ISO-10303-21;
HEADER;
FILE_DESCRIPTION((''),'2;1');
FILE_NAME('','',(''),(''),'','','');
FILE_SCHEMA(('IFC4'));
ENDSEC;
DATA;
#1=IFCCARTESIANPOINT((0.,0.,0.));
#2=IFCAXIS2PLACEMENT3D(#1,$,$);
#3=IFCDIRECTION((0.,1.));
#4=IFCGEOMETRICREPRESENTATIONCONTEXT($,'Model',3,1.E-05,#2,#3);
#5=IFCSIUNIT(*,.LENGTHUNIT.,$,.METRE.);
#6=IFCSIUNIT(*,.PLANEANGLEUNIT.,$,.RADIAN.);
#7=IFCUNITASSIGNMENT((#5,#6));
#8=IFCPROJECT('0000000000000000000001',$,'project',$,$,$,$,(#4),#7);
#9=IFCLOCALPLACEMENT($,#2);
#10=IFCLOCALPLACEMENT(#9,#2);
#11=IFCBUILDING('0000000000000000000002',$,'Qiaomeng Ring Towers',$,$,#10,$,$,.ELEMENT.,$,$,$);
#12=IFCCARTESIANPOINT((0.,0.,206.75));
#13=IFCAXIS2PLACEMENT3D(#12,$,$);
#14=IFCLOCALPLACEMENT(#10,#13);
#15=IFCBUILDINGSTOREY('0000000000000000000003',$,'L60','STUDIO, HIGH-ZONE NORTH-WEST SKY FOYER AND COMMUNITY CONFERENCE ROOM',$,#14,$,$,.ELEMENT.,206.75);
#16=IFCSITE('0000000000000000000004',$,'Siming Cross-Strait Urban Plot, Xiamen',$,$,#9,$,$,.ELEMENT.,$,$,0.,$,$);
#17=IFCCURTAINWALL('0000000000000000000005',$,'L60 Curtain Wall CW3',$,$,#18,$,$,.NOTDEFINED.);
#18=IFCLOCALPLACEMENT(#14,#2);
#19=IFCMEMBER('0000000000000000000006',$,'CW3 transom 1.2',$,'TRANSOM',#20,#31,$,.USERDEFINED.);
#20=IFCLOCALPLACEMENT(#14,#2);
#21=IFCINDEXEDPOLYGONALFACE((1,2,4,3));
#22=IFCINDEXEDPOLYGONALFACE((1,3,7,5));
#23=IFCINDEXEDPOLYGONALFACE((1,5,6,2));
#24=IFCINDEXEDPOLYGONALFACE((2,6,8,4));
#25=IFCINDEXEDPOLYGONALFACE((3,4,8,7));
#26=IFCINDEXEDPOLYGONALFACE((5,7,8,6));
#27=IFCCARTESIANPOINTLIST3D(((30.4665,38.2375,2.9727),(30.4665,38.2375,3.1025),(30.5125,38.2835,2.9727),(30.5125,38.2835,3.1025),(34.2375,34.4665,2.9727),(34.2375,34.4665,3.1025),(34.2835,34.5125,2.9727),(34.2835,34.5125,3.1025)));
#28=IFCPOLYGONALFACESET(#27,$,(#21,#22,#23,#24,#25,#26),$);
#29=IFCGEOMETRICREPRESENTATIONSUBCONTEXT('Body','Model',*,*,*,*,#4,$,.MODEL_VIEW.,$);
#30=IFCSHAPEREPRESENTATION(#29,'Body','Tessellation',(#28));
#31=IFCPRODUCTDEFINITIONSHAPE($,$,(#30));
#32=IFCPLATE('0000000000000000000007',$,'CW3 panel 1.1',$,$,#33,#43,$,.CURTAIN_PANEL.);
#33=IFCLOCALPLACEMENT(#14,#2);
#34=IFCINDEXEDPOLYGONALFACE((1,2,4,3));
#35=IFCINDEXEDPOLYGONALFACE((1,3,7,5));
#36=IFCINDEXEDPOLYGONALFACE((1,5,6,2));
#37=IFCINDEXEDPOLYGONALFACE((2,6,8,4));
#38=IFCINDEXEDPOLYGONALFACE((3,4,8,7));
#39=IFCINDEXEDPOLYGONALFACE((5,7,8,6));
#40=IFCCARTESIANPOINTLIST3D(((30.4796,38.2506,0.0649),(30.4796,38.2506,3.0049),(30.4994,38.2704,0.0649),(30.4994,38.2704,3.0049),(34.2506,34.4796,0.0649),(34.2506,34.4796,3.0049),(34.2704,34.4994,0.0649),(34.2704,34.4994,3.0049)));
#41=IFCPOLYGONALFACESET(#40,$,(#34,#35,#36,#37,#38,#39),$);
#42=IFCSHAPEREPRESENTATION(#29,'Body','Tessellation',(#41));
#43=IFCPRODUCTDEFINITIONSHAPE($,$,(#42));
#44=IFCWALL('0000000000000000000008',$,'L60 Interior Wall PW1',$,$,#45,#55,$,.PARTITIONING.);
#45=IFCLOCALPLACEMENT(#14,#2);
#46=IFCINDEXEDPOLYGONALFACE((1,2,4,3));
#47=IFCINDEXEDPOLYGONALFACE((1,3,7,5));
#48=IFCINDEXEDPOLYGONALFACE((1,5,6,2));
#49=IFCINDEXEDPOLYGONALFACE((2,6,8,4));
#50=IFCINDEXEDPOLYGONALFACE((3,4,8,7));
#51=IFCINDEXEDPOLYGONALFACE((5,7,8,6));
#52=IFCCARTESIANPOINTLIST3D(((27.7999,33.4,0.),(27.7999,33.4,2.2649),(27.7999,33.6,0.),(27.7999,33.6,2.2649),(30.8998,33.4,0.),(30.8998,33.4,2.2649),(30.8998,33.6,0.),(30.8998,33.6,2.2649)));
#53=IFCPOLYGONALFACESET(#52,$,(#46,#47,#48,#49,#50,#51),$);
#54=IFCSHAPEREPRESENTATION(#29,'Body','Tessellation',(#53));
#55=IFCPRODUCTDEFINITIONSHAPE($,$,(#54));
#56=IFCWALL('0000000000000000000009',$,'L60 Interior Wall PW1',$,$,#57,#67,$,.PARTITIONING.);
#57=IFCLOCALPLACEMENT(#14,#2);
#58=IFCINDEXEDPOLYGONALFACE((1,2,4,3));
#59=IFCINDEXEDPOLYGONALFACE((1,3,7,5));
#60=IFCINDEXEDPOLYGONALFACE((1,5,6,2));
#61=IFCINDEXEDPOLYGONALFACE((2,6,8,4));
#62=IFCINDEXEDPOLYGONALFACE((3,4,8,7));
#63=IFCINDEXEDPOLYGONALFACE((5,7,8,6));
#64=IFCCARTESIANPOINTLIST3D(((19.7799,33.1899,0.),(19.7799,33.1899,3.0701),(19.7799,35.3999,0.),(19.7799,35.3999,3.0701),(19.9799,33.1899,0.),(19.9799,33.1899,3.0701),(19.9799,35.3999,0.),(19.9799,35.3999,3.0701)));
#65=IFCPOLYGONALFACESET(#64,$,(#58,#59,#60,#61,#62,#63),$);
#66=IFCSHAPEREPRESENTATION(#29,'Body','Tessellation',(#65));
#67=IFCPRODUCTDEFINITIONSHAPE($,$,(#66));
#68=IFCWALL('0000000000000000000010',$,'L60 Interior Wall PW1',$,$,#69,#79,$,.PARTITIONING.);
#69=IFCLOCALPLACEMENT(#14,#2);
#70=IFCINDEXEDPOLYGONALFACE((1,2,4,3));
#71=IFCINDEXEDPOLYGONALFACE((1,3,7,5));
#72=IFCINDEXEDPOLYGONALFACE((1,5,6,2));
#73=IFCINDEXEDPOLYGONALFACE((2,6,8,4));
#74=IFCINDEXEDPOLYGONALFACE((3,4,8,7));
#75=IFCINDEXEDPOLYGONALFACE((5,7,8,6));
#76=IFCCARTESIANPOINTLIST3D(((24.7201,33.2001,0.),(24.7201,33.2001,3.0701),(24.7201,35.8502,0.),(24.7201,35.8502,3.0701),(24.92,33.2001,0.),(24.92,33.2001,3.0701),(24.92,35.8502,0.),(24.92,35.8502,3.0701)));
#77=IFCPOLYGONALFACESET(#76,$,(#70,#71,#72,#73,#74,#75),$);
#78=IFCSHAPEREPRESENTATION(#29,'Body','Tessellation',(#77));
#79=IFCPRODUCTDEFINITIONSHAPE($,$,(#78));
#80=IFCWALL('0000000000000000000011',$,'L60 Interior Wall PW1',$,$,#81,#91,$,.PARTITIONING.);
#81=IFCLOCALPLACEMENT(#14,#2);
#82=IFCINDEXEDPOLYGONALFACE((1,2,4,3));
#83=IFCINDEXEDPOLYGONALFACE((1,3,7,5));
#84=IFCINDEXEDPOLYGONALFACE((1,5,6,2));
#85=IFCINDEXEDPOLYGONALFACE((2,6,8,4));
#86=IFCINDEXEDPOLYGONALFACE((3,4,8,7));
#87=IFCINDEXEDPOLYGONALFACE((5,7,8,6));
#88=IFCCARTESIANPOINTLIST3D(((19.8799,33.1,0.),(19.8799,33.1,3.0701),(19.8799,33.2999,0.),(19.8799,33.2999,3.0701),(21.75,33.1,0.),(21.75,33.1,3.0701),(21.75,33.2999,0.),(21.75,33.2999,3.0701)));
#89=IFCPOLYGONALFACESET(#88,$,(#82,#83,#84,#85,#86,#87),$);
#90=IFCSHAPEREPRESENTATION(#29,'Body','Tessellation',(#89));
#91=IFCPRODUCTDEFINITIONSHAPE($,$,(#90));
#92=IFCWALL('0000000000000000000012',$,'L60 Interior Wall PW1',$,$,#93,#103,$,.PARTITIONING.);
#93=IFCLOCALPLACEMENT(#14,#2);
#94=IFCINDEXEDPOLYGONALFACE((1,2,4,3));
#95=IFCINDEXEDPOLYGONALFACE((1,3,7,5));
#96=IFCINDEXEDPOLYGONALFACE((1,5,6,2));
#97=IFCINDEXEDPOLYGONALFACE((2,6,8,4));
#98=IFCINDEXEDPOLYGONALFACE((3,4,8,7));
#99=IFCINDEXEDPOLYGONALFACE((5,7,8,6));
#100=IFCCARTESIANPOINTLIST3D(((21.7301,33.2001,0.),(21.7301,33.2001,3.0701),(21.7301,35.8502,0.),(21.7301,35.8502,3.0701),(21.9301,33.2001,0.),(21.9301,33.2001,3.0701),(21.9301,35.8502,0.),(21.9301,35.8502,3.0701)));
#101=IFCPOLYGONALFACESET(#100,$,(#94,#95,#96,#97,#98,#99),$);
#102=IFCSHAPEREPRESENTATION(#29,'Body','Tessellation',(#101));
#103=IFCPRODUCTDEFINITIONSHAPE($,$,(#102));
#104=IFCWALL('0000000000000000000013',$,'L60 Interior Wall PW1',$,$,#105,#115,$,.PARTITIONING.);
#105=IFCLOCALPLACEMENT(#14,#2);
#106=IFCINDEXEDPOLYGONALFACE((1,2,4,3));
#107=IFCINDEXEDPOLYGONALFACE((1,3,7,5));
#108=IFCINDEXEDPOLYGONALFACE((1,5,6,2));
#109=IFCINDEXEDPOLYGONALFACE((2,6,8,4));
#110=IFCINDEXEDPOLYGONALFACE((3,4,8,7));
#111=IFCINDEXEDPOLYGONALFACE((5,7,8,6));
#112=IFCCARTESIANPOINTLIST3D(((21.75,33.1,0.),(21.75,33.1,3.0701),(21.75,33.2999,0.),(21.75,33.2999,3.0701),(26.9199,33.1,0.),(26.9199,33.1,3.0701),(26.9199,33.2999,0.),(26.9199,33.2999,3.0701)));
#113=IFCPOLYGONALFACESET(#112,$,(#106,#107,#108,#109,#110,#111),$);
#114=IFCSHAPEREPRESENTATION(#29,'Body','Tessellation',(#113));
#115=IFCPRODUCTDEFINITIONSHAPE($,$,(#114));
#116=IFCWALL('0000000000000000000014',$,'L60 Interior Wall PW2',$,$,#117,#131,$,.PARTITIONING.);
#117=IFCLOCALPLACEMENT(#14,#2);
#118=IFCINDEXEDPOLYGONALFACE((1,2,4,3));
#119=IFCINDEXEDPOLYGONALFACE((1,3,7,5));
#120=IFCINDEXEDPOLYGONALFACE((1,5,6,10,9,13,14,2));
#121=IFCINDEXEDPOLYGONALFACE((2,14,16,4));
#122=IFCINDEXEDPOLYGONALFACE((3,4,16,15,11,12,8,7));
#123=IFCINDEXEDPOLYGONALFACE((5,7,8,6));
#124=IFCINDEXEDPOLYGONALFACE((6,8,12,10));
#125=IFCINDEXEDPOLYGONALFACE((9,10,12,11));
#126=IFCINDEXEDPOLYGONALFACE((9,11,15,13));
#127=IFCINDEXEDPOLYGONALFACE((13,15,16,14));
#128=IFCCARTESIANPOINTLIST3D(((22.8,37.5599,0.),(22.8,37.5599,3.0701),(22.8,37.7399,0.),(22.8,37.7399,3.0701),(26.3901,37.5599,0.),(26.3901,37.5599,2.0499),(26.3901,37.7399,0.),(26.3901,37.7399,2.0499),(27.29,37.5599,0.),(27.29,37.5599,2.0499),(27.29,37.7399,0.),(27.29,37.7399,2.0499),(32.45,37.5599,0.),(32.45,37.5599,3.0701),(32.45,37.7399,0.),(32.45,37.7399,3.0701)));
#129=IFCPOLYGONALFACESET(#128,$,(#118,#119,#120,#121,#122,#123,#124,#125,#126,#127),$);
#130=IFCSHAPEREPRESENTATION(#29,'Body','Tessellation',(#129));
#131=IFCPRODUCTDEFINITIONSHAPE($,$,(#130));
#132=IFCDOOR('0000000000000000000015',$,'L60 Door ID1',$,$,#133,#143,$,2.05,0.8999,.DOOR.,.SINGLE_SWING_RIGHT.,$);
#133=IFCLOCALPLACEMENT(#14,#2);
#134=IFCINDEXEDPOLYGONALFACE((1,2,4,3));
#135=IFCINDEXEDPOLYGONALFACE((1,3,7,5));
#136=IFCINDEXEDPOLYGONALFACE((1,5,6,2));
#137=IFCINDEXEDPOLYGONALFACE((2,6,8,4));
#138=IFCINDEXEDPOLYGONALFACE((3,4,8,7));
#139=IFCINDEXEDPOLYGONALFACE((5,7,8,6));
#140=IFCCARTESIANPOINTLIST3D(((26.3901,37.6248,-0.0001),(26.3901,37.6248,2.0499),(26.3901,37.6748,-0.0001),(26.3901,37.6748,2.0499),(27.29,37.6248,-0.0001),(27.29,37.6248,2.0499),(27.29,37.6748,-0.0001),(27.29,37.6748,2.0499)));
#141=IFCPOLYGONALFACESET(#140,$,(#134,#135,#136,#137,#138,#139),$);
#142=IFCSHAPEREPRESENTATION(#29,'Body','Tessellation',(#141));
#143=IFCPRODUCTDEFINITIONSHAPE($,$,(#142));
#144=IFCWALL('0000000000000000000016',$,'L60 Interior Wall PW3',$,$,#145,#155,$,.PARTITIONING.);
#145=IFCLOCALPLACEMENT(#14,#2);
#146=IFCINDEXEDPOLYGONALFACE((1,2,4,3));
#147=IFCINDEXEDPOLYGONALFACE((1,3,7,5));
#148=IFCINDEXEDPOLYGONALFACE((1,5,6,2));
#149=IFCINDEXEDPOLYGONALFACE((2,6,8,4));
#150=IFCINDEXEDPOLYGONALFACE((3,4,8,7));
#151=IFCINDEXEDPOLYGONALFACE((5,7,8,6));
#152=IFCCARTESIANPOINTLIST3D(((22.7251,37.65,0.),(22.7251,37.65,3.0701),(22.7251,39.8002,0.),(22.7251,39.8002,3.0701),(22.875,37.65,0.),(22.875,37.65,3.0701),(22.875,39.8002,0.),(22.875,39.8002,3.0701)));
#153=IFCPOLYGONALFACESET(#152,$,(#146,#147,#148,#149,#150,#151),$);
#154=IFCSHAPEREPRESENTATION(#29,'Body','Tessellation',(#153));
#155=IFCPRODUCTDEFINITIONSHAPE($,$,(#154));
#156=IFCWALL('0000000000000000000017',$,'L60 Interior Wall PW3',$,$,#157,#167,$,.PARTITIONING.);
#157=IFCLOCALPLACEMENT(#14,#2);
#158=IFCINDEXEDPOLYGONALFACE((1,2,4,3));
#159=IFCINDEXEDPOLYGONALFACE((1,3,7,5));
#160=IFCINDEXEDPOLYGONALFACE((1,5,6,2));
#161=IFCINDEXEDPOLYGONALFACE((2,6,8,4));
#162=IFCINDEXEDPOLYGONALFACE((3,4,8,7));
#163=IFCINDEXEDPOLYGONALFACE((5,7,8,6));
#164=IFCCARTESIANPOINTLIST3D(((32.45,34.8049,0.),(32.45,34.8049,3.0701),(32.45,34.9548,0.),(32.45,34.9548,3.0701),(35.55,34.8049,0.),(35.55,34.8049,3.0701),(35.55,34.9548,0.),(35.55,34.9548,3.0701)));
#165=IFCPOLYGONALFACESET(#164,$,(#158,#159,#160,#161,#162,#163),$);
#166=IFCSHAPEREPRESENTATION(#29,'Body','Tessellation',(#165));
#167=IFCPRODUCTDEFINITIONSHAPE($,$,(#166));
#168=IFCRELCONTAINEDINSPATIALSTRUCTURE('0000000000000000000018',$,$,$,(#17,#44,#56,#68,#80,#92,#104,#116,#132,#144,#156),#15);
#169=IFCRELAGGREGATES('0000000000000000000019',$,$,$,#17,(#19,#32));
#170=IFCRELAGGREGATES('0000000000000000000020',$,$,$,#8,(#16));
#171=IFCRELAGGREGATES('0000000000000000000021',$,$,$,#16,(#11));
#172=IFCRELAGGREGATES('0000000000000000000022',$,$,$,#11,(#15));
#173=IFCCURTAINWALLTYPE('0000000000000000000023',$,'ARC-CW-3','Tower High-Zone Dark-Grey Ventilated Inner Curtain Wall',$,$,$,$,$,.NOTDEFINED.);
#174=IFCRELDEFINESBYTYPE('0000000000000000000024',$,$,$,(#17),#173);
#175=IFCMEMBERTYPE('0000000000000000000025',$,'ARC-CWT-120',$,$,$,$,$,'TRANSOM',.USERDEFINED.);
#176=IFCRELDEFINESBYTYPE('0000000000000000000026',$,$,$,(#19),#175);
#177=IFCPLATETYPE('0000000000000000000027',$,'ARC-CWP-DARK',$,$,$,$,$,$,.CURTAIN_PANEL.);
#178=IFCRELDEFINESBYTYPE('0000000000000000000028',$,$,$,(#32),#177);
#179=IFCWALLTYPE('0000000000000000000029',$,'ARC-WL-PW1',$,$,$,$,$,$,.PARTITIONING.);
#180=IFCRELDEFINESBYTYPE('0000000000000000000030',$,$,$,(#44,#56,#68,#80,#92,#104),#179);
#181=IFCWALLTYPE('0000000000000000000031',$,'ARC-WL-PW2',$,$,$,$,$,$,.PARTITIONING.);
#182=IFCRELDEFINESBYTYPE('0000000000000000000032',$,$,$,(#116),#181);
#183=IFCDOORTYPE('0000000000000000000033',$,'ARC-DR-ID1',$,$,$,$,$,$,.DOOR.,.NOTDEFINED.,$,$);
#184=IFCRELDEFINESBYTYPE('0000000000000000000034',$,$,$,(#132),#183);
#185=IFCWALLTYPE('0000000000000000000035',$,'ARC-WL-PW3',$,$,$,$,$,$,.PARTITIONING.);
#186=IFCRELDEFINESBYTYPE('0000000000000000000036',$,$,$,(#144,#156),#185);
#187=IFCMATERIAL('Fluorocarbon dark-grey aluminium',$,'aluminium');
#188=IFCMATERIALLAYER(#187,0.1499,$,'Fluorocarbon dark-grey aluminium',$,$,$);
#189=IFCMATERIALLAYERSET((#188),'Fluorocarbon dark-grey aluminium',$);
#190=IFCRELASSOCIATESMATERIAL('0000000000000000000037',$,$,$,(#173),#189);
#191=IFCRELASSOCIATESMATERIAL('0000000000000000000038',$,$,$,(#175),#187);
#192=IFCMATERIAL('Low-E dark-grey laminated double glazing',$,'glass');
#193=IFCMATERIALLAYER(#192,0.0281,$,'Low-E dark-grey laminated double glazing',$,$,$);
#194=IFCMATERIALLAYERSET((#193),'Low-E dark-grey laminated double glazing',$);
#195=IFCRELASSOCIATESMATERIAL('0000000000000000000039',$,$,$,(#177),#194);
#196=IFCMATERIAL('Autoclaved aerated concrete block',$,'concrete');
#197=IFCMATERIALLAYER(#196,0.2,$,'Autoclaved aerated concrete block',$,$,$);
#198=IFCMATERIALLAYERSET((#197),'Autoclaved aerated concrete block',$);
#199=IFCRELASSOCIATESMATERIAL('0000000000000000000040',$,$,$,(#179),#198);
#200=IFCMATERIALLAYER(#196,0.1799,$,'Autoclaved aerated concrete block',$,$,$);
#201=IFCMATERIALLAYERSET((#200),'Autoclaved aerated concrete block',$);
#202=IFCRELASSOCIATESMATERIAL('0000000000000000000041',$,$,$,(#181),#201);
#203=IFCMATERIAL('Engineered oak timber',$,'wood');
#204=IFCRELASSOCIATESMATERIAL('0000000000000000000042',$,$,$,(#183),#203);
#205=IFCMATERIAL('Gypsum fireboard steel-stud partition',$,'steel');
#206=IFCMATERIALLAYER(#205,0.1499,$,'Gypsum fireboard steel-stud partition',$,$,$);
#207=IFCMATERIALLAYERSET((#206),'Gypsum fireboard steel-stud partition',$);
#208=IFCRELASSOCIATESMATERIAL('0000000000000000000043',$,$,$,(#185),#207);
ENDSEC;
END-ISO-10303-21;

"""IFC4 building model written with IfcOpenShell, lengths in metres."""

from ifc_helpers import new_model, si_unit, direction, frame, frame_2d, origin, origin_2d, place, context, subcontext, project, spatial, rectangle, extrude, source, transform, mapped, material, layer, layer_set, material_profile, profile_set, type_object, element, fill, aggregate, save


model = new_model("IFC4")

# Units and contexts
model_context = context("Model", 3, precision=1e-05, world=origin(), true_north=direction((0.0, 1.0)))
body_context = subcontext(model_context, "Body", "Model", "MODEL_VIEW")
ifc_project = project(units=[si_unit("LENGTHUNIT", "METRE"), si_unit("PLANEANGLEUNIT", "RADIAN")], contexts=[model_context])

# Site, building, storey
site_placement = place(None, origin())
site = spatial("IfcSite", under=ifc_project, at=site_placement, Name="Siming Cross-Strait Urban Plot, Xiamen", CompositionType="ELEMENT", RefElevation=0.0)
building_placement = place(site_placement, origin())
building = spatial("IfcBuilding", under=site, at=building_placement, Name="Qiaomeng Ring Towers", CompositionType="ELEMENT")
storey_placement = place(building_placement, frame((0.0, 0.0, 206.75)))
storey = spatial("IfcBuildingStorey", under=building, at=storey_placement, Name="L60", Description="STUDIO, HIGH-ZONE NORTH-WEST SKY FOYER AND COMMUNITY CONFERENCE ROOM", CompositionType="ELEMENT", Elevation=206.75)

# Curtain wall, member, plate
ifc_material_1 = material(Name="Fluorocarbon dark-grey aluminium", Category="aluminium")
ifc_layer_1 = layer(ifc_material_1, 0.1499, Name="Fluorocarbon dark-grey aluminium")
ifc_layer_set_1 = layer_set([ifc_layer_1], Name="Fluorocarbon dark-grey aluminium")
curtain_wall_type = type_object("IfcCurtainWallType", Name="ARC-CW-3", Description="Tower High-Zone Dark-Grey Ventilated Inner Curtain Wall", PredefinedType="NOTDEFINED", material=ifc_layer_set_1)
curtain_wall_placement = place(storey_placement, origin())
curtain_wall = element("IfcCurtainWall", 1, at=curtain_wall_placement, inside=storey, type_object=curtain_wall_type, Name="L60 Curtain Wall CW3", PredefinedType="NOTDEFINED")
ifc_material_profile_1 = material_profile(ifc_material_1, rectangle(XDim=0.0649, YDim=0.1299, at=origin_2d()), Name="ALU TRAN 65x130")
ifc_profile_set_1 = profile_set([ifc_material_profile_1], Name="Fluorocarbon dark-grey aluminium")
member_type_1 = type_object("IfcMemberType", Name="ARC-CWT-120", ElementType="TRANSOM", PredefinedType="USERDEFINED", material=ifc_profile_set_1)
shared_shape_1 = source(origin(), body_context, "Body", "SweptSolid", [
    extrude(rectangle(XDim=0.0649, YDim=0.1299, at=origin_2d()), origin(), (0.0, 0.0, 1.0), 5.333),
])
member_1_placement = place(storey_placement, frame((34.2605, 34.4895, 3.0376), z_axis=(-0.707107, 0.707107, 0.0), x_axis=(-0.707107, -0.707107, 0.0)))
member_1 = element("IfcMember", 2, at=member_1_placement, type_object=member_type_1, Name="CW3 transom 1.2", ObjectType="TRANSOM", PredefinedType="USERDEFINED", context=body_context, shape_type="MappedRepresentation", body=[
    mapped(shared_shape_1, transform((0.0, 0.0, 0.0), x_axis=(1.0, 0.0, 0.0), y_axis=(0.0, 1.0, 0.0), z_axis=(0.0, 0.0, 1.0), scale=1.0)),
])
ifc_material_2 = material(Name="Low-E dark-grey laminated double glazing", Category="glass")
ifc_layer_2 = layer(ifc_material_2, 0.0281, Name="Low-E dark-grey laminated double glazing")
ifc_layer_set_2 = layer_set([ifc_layer_2], Name="Low-E dark-grey laminated double glazing")
plate_type = type_object("IfcPlateType", Name="ARC-CWP-DARK", PredefinedType="CURTAIN_PANEL", material=ifc_layer_set_2)
shared_shape_2 = source(origin(), body_context, "Body", "SweptSolid", [
    extrude(rectangle(XDim=5.333, YDim=0.0281, at=origin_2d()), origin(), (0.0, 0.0, 1.0), 2.9399),
])
plate_placement = place(storey_placement, frame((32.375, 36.375, 0.0649), z_axis=(0.0, 0.0, 1.0), x_axis=(-0.707107, 0.707107, 0.0)))
plate = element("IfcPlate", 3, at=plate_placement, type_object=plate_type, Name="CW3 panel 1.1", PredefinedType="CURTAIN_PANEL", context=body_context, shape_type="MappedRepresentation", body=[
    mapped(shared_shape_2, transform((0.0, 0.0, 0.0), x_axis=(1.0, 0.0, 0.0), y_axis=(0.0, 1.0, 0.0), z_axis=(0.0, 0.0, 1.0), scale=1.0)),
])
aggregate(curtain_wall, [member_1, plate])

# Walls
ifc_material_3 = material(Name="Autoclaved aerated concrete block", Category="concrete")
ifc_layer_3 = layer(ifc_material_3, 0.2, Name="Autoclaved aerated concrete block")
ifc_layer_set_3 = layer_set([ifc_layer_3], Name="Autoclaved aerated concrete block")
wall_type_1 = type_object("IfcWallType", Name="ARC-WL-PW1", PredefinedType="PARTITIONING", material=ifc_layer_set_3)
wall_1_placement = place(storey_placement, frame((27.8, 33.5, 0.0), z_axis=(0.0, 0.0, 1.0), x_axis=(1.0, 0.0, 0.0)))
element("IfcWall", 4, at=wall_1_placement, inside=storey, type_object=wall_type_1, Name="L60 Interior Wall PW1", PredefinedType="PARTITIONING", context=body_context, shape_type="SweptSolid", body=[
    extrude(rectangle(XDim=3.0999, YDim=0.2, at=frame_2d((1.5498, 0.0))), origin(), (0.0, 0.0, 1.0), 2.2649),
])
wall_2_placement = place(storey_placement, frame((19.8799, 33.1899, 0.0), z_axis=(0.0, 0.0, 1.0), x_axis=(0.0, 1.0, 0.0)))
element("IfcWall", 5, at=wall_2_placement, inside=storey, type_object=wall_type_1, Name="L60 Interior Wall PW1", PredefinedType="PARTITIONING", context=body_context, shape_type="SweptSolid", body=[
    extrude(rectangle(XDim=2.21, YDim=0.2, at=frame_2d((1.105, 0.0))), origin(), (0.0, 0.0, 1.0), 3.0701),
])
wall_3_placement = place(storey_placement, frame((24.8201, 33.2, 0.0), z_axis=(0.0, 0.0, 1.0), x_axis=(0.0, 1.0, 0.0)))
element("IfcWall", 6, at=wall_3_placement, inside=storey, type_object=wall_type_1, Name="L60 Interior Wall PW1", PredefinedType="PARTITIONING", context=body_context, shape_type="SweptSolid", body=[
    extrude(rectangle(XDim=2.6501, YDim=0.2, at=frame_2d((1.3252, 0.0))), origin(), (0.0, 0.0, 1.0), 3.0701),
])
wall_4_placement = place(storey_placement, frame((19.8799, 33.2, 0.0), z_axis=(0.0, 0.0, 1.0), x_axis=(1.0, 0.0, 0.0)))
element("IfcWall", 7, at=wall_4_placement, inside=storey, type_object=wall_type_1, Name="L60 Interior Wall PW1", PredefinedType="PARTITIONING", context=body_context, shape_type="SweptSolid", body=[
    extrude(rectangle(XDim=1.8701, YDim=0.2, at=frame_2d((0.9351, 0.0))), origin(), (0.0, 0.0, 1.0), 3.0701),
])
wall_5_placement = place(storey_placement, frame((21.8301, 33.2, 0.0), z_axis=(0.0, 0.0, 1.0), x_axis=(0.0, 1.0, 0.0)))
element("IfcWall", 8, at=wall_5_placement, inside=storey, type_object=wall_type_1, Name="L60 Interior Wall PW1", PredefinedType="PARTITIONING", context=body_context, shape_type="SweptSolid", body=[
    extrude(rectangle(XDim=2.6501, YDim=0.2, at=frame_2d((1.3252, 0.0))), origin(), (0.0, 0.0, 1.0), 3.0701),
])
wall_6_placement = place(storey_placement, frame((21.75, 33.2, 0.0), z_axis=(0.0, 0.0, 1.0), x_axis=(1.0, 0.0, 0.0)))
element("IfcWall", 9, at=wall_6_placement, inside=storey, type_object=wall_type_1, Name="L60 Interior Wall PW1", PredefinedType="PARTITIONING", context=body_context, shape_type="SweptSolid", body=[
    extrude(rectangle(XDim=5.1699, YDim=0.2, at=frame_2d((2.585, 0.0))), origin(), (0.0, 0.0, 1.0), 3.0701),
])

# Wall, opening, door
ifc_layer_4 = layer(ifc_material_3, 0.1799, Name="Autoclaved aerated concrete block")
ifc_layer_set_4 = layer_set([ifc_layer_4], Name="Autoclaved aerated concrete block")
wall_type_2 = type_object("IfcWallType", Name="ARC-WL-PW2", PredefinedType="PARTITIONING", material=ifc_layer_set_4)
wall_7_placement = place(storey_placement, frame((22.8, 37.6499, 0.0), z_axis=(0.0, 0.0, 1.0), x_axis=(1.0, 0.0, 0.0)))
wall_7 = element("IfcWall", 10, at=wall_7_placement, inside=storey, type_object=wall_type_2, Name="L60 Interior Wall PW2", PredefinedType="PARTITIONING", context=body_context, shape_type="SweptSolid", body=[
    extrude(rectangle(XDim=9.6499, YDim=0.1799, at=frame_2d((4.825, 0.0))), origin(), (0.0, 0.0, 1.0), 3.0701),
])
opening_placement = place(wall_7_placement, frame((3.5901, 0.0, 0.0)))
opening = element("IfcOpeningElement", 11, at=opening_placement, cuts=wall_7, PredefinedType="OPENING", context=body_context, shape_type="SweptSolid", body=[
    extrude(rectangle(XDim=0.8999, YDim=2.05, at=frame_2d((0.45, 1.0249))), frame((0.0, 0.0999, 0.0), z_axis=(0.0, -1.0, 0.0), x_axis=(1.0, 0.0, 0.0)), (0.0, 0.0, 1.0), 0.2),
])
ifc_material_4 = material(Name="Engineered oak timber", Category="wood")
door_type = type_object("IfcDoorType", Name="ARC-DR-ID1", OperationType="NOTDEFINED", PredefinedType="DOOR", material=ifc_material_4)
shared_shape_3 = source(origin(), body_context, "Body", "SweptSolid", [
    extrude(rectangle(XDim=0.8999, YDim=2.05, at=frame_2d((0.45, 1.0249))), frame((0.0, 0.0249, 0.0), z_axis=(0.0, -1.0, 0.0), x_axis=(1.0, 0.0, 0.0)), (0.0, 0.0, 1.0), 0.05),
])
door_placement = place(opening_placement, origin())
door = element("IfcDoor", 12, at=door_placement, inside=storey, type_object=door_type, Name="L60 Door ID1", OperationType="SINGLE_SWING_RIGHT", OverallHeight=2.05, OverallWidth=0.8999, PredefinedType="DOOR", context=body_context, shape_type="MappedRepresentation", body=[
    mapped(shared_shape_3, transform((0.0, 0.0, 0.0), x_axis=(1.0, 0.0, 0.0), y_axis=(0.0, 1.0, 0.0), z_axis=(0.0, 0.0, 1.0), scale=1.0)),
])
fill(opening, door)

# Walls
ifc_material_5 = material(Name="Gypsum fireboard steel-stud partition", Category="steel")
ifc_layer_5 = layer(ifc_material_5, 0.1499, Name="Gypsum fireboard steel-stud partition")
ifc_layer_set_5 = layer_set([ifc_layer_5], Name="Gypsum fireboard steel-stud partition")
wall_type_3 = type_object("IfcWallType", Name="ARC-WL-PW3", PredefinedType="PARTITIONING", material=ifc_layer_set_5)
wall_8_placement = place(storey_placement, frame((22.8, 37.6499, 0.0), z_axis=(0.0, 0.0, 1.0), x_axis=(0.0, 1.0, 0.0)))
element("IfcWall", 13, at=wall_8_placement, inside=storey, type_object=wall_type_3, Name="L60 Interior Wall PW3", PredefinedType="PARTITIONING", context=body_context, shape_type="SweptSolid", body=[
    extrude(rectangle(XDim=2.1501, YDim=0.1499, at=frame_2d((1.0752, 0.0))), origin(), (0.0, 0.0, 1.0), 3.0701),
])
wall_9_placement = place(storey_placement, frame((32.45, 34.8799, 0.0), z_axis=(0.0, 0.0, 1.0), x_axis=(1.0, 0.0, 0.0)))
element("IfcWall", 14, at=wall_9_placement, inside=storey, type_object=wall_type_3, Name="L60 Interior Wall PW3", PredefinedType="PARTITIONING", context=body_context, shape_type="SweptSolid", body=[
    extrude(rectangle(XDim=3.1001, YDim=0.1499, at=frame_2d((1.55, 0.0))), origin(), (0.0, 0.0, 1.0), 3.0701),
])

save(model, "model.ifc")
